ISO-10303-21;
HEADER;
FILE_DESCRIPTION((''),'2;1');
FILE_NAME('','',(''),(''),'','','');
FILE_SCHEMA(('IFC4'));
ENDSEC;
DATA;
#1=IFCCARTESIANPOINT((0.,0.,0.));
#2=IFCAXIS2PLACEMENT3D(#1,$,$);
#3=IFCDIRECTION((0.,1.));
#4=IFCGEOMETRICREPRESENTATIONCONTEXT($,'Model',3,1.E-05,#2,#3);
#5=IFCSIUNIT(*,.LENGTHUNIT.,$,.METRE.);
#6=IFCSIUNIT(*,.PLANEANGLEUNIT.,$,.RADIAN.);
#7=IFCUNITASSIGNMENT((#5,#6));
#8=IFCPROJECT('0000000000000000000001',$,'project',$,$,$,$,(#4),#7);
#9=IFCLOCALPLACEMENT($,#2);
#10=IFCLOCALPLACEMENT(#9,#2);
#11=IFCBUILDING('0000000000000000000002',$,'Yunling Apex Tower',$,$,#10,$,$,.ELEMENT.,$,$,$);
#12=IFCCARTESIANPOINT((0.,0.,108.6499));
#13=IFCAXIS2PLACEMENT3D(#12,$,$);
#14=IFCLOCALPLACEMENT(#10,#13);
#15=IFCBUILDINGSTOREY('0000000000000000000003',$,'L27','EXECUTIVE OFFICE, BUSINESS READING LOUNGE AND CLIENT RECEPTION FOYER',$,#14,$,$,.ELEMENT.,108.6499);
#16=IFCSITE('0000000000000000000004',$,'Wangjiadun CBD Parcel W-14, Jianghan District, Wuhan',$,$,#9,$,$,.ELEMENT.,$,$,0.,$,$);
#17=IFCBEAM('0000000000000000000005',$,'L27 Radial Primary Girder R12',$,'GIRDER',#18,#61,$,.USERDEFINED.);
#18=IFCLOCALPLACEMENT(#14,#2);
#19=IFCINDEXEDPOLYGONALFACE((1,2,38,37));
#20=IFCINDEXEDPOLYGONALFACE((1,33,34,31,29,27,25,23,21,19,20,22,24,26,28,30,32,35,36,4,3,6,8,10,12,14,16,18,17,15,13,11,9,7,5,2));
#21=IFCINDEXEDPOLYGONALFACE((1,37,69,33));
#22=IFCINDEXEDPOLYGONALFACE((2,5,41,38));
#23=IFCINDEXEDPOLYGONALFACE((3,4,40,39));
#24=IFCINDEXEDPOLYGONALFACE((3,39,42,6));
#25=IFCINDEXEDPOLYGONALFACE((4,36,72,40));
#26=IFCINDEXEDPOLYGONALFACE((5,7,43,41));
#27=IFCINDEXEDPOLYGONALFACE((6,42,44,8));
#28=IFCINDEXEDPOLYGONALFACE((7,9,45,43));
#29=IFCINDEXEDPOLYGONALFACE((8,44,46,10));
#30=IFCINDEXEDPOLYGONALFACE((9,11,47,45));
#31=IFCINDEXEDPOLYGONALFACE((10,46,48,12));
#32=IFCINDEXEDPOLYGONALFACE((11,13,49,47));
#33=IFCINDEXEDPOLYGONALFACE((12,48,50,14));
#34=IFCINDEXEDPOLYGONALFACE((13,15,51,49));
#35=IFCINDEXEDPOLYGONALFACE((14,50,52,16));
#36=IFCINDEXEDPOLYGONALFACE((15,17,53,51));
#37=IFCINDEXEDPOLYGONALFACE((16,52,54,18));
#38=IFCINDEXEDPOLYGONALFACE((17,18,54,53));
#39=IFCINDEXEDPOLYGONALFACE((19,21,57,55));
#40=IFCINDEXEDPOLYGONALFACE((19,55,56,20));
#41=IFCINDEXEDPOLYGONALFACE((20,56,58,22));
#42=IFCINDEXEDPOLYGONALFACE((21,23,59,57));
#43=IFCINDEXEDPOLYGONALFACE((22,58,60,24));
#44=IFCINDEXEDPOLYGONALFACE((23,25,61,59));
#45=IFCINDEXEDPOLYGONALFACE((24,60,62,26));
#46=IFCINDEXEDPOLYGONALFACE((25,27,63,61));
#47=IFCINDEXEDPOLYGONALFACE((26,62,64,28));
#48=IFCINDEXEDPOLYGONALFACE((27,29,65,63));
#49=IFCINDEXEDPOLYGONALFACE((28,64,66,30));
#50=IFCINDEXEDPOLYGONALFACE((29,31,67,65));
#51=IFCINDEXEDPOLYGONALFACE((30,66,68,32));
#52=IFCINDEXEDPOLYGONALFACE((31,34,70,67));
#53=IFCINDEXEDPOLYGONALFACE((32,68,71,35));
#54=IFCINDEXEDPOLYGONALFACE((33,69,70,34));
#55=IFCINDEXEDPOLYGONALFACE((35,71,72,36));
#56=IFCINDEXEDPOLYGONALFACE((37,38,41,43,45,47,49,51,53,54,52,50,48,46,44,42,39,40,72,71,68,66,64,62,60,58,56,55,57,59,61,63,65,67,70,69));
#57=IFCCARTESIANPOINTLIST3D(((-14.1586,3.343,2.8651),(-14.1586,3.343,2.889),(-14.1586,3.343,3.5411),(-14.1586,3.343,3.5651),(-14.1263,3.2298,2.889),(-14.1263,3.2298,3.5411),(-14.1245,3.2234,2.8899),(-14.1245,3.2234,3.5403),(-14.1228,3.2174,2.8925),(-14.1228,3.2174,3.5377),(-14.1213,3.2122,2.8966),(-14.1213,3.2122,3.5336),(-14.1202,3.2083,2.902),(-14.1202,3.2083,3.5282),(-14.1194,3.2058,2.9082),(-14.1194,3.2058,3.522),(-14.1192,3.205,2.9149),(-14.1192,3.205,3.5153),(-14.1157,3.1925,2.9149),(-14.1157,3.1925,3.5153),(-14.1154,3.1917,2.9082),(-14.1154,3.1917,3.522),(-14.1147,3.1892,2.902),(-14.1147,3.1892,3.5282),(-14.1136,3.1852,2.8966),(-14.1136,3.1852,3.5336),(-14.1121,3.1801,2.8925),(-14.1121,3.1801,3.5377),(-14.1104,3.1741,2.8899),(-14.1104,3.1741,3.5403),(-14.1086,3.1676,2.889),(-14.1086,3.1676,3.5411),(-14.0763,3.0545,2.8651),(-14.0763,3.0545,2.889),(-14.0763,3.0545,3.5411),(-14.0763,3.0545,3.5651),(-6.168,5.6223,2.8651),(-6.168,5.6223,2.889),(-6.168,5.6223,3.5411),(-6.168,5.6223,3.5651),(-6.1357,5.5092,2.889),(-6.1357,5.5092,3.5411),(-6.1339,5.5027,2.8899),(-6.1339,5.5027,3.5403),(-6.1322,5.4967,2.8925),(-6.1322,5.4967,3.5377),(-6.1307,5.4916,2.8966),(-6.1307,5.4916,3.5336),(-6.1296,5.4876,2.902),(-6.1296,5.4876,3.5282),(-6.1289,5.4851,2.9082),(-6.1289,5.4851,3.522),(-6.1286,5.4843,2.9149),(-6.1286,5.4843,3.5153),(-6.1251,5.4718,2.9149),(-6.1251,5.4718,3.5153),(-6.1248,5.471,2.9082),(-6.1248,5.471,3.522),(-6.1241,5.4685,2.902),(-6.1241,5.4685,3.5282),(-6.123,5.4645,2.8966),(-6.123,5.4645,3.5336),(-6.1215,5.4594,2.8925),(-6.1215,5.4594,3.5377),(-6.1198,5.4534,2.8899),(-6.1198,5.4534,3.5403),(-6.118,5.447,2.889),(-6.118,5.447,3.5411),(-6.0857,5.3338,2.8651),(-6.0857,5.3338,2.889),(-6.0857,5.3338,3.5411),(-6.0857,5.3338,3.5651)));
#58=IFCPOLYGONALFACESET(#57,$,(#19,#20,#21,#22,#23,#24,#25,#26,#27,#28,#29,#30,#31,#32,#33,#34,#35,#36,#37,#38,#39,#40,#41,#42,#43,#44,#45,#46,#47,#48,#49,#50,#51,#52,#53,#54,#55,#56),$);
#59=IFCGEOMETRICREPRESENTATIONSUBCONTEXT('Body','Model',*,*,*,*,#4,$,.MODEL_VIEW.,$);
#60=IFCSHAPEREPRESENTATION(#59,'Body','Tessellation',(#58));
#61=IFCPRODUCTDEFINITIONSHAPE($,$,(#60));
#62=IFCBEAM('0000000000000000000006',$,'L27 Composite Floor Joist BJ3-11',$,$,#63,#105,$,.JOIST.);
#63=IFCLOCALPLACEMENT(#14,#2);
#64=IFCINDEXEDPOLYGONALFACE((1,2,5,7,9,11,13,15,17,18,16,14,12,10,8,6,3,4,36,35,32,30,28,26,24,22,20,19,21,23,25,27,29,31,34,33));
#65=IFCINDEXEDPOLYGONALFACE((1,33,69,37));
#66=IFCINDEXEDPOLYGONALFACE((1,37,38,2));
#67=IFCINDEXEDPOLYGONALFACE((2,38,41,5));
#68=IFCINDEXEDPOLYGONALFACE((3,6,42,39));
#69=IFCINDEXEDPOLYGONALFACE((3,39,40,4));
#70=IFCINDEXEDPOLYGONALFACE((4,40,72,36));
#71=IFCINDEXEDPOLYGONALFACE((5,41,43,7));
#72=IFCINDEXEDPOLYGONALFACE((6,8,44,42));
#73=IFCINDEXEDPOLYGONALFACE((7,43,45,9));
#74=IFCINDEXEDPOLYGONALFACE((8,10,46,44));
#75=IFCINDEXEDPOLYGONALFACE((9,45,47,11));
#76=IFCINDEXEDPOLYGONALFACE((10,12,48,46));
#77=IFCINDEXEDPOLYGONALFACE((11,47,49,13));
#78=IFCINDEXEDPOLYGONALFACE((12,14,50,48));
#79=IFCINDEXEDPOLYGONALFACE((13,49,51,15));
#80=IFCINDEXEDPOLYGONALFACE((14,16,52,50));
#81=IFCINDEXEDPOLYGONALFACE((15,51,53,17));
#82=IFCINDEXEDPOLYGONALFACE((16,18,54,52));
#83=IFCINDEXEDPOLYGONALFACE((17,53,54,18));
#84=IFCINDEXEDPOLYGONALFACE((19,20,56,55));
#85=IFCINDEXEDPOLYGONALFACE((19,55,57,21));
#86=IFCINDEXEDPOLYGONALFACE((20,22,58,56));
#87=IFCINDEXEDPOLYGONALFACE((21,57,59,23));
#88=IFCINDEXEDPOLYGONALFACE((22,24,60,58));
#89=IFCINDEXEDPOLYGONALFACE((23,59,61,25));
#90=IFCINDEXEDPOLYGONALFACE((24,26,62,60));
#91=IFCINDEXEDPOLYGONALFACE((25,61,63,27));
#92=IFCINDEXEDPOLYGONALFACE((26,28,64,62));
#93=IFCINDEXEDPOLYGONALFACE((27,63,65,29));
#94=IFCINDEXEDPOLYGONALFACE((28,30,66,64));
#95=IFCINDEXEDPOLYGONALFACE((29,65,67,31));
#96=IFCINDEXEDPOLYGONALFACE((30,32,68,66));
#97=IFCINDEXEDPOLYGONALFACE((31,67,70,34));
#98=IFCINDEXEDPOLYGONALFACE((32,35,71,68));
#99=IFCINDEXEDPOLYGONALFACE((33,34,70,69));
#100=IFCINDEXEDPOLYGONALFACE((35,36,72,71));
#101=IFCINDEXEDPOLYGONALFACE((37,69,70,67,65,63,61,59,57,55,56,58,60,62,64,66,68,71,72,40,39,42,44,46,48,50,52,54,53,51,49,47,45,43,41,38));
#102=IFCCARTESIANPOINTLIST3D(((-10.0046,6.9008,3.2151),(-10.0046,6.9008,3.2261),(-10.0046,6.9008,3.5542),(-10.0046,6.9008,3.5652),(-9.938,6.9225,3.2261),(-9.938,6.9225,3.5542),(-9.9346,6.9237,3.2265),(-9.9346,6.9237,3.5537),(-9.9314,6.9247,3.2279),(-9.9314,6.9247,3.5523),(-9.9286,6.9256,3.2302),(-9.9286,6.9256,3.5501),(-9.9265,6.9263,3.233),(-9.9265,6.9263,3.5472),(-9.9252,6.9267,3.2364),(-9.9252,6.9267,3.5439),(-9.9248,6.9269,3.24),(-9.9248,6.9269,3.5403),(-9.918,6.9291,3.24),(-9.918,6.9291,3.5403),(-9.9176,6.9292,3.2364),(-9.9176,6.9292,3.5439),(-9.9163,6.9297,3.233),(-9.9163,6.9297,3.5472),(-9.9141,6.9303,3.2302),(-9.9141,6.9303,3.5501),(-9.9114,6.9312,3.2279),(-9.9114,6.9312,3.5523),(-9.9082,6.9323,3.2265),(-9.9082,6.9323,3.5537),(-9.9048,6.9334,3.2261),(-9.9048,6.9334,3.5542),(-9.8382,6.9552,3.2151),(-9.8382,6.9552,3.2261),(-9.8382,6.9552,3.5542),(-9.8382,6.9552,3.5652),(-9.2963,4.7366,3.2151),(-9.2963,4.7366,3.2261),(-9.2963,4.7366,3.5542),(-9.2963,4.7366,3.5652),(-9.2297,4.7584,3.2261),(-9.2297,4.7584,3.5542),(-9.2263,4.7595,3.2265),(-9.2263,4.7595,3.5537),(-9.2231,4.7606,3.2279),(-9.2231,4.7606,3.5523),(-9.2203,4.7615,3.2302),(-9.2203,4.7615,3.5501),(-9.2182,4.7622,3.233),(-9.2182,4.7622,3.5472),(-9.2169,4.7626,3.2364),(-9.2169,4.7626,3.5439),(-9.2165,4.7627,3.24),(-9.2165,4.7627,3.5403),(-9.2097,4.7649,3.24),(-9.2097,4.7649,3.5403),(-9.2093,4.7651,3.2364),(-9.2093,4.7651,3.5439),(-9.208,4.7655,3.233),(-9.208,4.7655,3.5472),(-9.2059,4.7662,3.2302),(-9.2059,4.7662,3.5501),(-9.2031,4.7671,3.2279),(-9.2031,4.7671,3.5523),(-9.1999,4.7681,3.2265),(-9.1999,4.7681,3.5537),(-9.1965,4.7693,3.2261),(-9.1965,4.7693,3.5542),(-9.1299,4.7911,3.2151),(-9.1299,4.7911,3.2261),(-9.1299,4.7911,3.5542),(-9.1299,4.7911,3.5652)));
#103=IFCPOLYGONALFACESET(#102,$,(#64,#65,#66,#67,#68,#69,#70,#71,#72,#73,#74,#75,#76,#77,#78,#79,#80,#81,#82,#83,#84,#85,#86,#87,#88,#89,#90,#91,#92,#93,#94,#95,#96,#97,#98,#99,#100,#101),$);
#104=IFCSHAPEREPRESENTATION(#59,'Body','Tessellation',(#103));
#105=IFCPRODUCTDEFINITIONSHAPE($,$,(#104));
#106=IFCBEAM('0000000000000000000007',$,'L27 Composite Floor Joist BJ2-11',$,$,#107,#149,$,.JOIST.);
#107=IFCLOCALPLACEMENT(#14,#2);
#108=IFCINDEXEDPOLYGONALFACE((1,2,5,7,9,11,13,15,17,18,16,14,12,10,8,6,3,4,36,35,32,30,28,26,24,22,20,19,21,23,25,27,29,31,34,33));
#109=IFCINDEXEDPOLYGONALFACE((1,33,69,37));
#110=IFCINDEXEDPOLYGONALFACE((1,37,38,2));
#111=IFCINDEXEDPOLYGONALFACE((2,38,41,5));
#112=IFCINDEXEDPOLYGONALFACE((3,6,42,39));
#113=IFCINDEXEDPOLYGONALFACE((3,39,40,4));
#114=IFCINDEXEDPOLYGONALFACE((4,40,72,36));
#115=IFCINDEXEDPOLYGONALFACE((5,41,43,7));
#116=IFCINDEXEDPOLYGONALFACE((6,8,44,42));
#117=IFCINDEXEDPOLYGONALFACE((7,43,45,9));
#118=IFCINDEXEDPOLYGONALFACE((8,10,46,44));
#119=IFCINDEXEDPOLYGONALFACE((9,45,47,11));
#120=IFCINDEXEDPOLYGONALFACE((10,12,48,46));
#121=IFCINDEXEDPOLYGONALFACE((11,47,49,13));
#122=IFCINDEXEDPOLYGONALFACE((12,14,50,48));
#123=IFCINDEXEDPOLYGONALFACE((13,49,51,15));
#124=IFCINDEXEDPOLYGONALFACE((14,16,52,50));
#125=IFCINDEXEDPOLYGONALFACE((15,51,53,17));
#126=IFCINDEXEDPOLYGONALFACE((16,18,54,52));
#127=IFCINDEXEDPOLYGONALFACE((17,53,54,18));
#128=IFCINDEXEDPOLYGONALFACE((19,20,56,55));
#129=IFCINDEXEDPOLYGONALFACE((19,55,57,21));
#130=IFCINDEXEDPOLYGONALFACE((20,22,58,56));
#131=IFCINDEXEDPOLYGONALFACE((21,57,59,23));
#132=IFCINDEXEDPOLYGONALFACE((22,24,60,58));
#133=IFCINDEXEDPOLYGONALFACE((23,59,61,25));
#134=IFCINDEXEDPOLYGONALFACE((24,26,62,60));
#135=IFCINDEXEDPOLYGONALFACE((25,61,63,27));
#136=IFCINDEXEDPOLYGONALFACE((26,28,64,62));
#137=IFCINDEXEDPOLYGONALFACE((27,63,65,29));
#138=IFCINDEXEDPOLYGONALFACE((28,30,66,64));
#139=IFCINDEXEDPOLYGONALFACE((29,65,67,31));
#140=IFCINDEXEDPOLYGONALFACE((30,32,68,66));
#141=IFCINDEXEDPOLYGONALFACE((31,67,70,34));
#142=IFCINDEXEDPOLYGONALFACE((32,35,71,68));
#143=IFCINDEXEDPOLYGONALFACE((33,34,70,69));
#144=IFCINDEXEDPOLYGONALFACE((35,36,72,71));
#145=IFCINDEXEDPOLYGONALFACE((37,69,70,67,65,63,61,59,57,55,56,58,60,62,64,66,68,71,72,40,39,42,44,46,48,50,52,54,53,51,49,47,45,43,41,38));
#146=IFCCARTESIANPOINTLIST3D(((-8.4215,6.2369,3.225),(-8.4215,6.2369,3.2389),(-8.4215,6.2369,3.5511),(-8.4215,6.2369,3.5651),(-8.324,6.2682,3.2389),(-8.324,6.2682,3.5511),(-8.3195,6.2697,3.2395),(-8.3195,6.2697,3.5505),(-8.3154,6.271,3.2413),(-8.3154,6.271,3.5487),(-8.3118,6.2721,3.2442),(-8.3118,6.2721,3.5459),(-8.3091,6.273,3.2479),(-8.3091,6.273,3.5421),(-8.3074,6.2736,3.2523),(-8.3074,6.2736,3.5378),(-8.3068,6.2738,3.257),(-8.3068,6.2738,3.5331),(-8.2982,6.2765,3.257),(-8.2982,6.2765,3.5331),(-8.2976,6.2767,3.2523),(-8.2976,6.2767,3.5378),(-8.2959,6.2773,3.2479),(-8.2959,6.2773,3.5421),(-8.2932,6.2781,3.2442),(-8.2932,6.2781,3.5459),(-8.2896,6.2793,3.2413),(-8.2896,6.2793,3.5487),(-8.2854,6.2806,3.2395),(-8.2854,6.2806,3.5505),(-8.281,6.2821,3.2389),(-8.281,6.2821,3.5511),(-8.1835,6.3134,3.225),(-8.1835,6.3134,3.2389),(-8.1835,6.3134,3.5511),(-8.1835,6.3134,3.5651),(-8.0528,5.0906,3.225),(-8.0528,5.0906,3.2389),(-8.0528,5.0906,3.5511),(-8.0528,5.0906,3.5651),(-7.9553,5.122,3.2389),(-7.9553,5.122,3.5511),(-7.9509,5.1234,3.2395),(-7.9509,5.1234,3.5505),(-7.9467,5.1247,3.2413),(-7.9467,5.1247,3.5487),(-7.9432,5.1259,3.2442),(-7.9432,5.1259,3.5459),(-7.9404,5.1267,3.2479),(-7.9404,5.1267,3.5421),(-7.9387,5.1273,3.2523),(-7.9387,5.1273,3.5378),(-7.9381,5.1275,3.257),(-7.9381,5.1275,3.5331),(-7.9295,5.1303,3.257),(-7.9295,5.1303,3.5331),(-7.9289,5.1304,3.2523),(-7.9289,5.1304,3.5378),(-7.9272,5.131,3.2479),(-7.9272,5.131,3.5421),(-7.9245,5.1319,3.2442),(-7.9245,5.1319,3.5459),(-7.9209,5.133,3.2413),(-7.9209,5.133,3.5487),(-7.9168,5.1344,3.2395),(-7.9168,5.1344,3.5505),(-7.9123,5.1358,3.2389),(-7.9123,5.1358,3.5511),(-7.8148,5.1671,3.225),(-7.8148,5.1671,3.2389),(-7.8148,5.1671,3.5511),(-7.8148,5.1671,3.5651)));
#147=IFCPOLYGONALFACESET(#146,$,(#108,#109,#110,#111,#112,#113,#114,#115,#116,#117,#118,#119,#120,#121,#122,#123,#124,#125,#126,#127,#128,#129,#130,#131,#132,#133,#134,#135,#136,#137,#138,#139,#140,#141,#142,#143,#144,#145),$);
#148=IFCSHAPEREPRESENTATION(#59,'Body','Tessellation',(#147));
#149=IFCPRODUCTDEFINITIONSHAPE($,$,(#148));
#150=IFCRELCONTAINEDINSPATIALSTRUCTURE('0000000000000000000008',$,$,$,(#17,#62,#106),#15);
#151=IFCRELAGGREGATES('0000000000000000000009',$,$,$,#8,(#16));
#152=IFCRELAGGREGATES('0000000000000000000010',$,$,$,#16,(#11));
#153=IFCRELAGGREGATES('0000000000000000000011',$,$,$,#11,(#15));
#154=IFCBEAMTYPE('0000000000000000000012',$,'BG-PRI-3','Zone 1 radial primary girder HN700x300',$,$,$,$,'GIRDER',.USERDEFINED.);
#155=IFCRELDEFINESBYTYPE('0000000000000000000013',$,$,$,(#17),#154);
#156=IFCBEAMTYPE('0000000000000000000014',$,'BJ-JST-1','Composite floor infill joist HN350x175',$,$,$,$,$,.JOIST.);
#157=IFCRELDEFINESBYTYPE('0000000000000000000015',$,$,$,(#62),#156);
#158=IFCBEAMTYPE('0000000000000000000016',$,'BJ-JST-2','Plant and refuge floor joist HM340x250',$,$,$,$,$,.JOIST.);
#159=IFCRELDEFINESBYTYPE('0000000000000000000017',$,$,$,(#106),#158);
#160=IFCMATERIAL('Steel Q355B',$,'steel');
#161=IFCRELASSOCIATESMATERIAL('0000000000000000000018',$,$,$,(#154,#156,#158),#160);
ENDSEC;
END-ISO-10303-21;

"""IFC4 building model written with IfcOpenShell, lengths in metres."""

from ifc_helpers import new_model, si_unit, direction, frame, origin, origin_2d, place, context, subcontext, project, spatial, i_section, extrude, source, transform, mapped, material, material_profile, profile_set, type_object, element, save


model = new_model("IFC4")

# Units and contexts
model_context = context("Model", 3, precision=1e-05, world=origin(), true_north=direction((0.0, 1.0)))
body_context = subcontext(model_context, "Body", "Model", "MODEL_VIEW")
ifc_project = project(units=[si_unit("LENGTHUNIT", "METRE"), si_unit("PLANEANGLEUNIT", "RADIAN")], contexts=[model_context])

# Site, building, storey
site_placement = place(None, origin())
site = spatial("IfcSite", under=ifc_project, at=site_placement, Name="Wangjiadun CBD Parcel W-14, Jianghan District, Wuhan", CompositionType="ELEMENT", RefElevation=0.0)
building_placement = place(site_placement, origin())
building = spatial("IfcBuilding", under=site, at=building_placement, Name="Yunling Apex Tower", CompositionType="ELEMENT")
storey_placement = place(building_placement, frame((0.0, 0.0, 108.6499)))
storey = spatial("IfcBuildingStorey", under=building, at=storey_placement, Name="L27", Description="EXECUTIVE OFFICE, BUSINESS READING LOUNGE AND CLIENT RECEPTION FOYER", CompositionType="ELEMENT", Elevation=108.6499)

# Beams
ifc_material_1 = material(Name="Steel Q355B", Category="steel")
ifc_material_profile_1 = material_profile(ifc_material_1, i_section(OverallWidth=0.3, OverallDepth=0.7, WebThickness=0.0129, FlangeThickness=0.0239, FilletRadius=0.0259, at=origin_2d()))
ifc_profile_set_1 = profile_set([ifc_material_profile_1], Name="Steel Q355B")
beam_type_1 = type_object("IfcBeamType", Name="BG-PRI-3", Description="Zone 1 radial primary girder HN700x300", ElementType="GIRDER", PredefinedType="USERDEFINED", material=ifc_profile_set_1)
shared_shape_1 = source(origin(), body_context, "Body", "SweptSolid", [
    extrude(i_section(OverallWidth=0.3, OverallDepth=0.7, WebThickness=0.0129, FlangeThickness=0.0239, FilletRadius=0.0259, at=origin_2d()), origin(), (0.0, 0.0, 1.0), 8.3093),
])
beam_1_placement = place(storey_placement, frame((-14.1174, 3.1987, 3.2151), z_axis=(0.961641, 0.27431, 0.0), x_axis=(-0.27431, 0.961641, 0.0)))
element("IfcBeam", 1, at=beam_1_placement, inside=storey, type_object=beam_type_1, Name="L27 Radial Primary Girder R12", ObjectType="GIRDER", PredefinedType="USERDEFINED", context=body_context, shape_type="MappedRepresentation", body=[
    mapped(shared_shape_1, transform((0.0, 0.0, 0.0), scale=1.0)),
])
ifc_material_profile_2 = material_profile(ifc_material_1, i_section(OverallWidth=0.175, OverallDepth=0.3501, WebThickness=0.0071, FlangeThickness=0.011, FilletRadius=0.0139, at=origin_2d()))
ifc_profile_set_2 = profile_set([ifc_material_profile_2], Name="Steel Q355B")
beam_type_2 = type_object("IfcBeamType", Name="BJ-JST-1", Description="Composite floor infill joist HN350x175", PredefinedType="JOIST", material=ifc_profile_set_2)
shared_shape_2 = source(origin(), body_context, "Body", "SweptSolid", [
    extrude(i_section(OverallWidth=0.175, OverallDepth=0.3501, WebThickness=0.0071, FlangeThickness=0.011, FilletRadius=0.0139, at=origin_2d()), origin(), (0.0, 0.0, 1.0), 2.2771),
])
beam_2_placement = place(storey_placement, frame((-9.9214, 6.928, 3.3901), z_axis=(0.311044, -0.950395, 0.0), x_axis=(0.950395, 0.311044, 0.0)))
element("IfcBeam", 2, at=beam_2_placement, inside=storey, type_object=beam_type_2, Name="L27 Composite Floor Joist BJ3-11", PredefinedType="JOIST", context=body_context, shape_type="MappedRepresentation", body=[
    mapped(shared_shape_2, transform((0.0, 0.0, 0.0), scale=1.0)),
])
ifc_material_profile_3 = material_profile(ifc_material_1, i_section(OverallWidth=0.25, OverallDepth=0.3401, WebThickness=0.009, FlangeThickness=0.0139, FilletRadius=0.0181, at=origin_2d()))
ifc_profile_set_3 = profile_set([ifc_material_profile_3], Name="Steel Q355B")
beam_type_3 = type_object("IfcBeamType", Name="BJ-JST-2", Description="Plant and refuge floor joist HM340x250", PredefinedType="JOIST", material=ifc_profile_set_3)
shared_shape_3 = source(origin(), body_context, "Body", "SweptSolid", [
    extrude(i_section(OverallWidth=0.25, OverallDepth=0.3401, WebThickness=0.009, FlangeThickness=0.0139, FilletRadius=0.0181, at=origin_2d()), origin(), (0.0, 0.0, 1.0), 1.2041),
])
beam_3_placement = place(storey_placement, frame((-8.3025, 6.2751, 3.395), z_axis=(0.306173, -0.951976, 0.0), x_axis=(0.951976, 0.306173, 0.0)))
element("IfcBeam", 3, at=beam_3_placement, inside=storey, type_object=beam_type_3, Name="L27 Composite Floor Joist BJ2-11", PredefinedType="JOIST", context=body_context, shape_type="MappedRepresentation", body=[
    mapped(shared_shape_3, transform((0.0, 0.0, 0.0), scale=1.0)),
])

save(model, "model.ifc")
